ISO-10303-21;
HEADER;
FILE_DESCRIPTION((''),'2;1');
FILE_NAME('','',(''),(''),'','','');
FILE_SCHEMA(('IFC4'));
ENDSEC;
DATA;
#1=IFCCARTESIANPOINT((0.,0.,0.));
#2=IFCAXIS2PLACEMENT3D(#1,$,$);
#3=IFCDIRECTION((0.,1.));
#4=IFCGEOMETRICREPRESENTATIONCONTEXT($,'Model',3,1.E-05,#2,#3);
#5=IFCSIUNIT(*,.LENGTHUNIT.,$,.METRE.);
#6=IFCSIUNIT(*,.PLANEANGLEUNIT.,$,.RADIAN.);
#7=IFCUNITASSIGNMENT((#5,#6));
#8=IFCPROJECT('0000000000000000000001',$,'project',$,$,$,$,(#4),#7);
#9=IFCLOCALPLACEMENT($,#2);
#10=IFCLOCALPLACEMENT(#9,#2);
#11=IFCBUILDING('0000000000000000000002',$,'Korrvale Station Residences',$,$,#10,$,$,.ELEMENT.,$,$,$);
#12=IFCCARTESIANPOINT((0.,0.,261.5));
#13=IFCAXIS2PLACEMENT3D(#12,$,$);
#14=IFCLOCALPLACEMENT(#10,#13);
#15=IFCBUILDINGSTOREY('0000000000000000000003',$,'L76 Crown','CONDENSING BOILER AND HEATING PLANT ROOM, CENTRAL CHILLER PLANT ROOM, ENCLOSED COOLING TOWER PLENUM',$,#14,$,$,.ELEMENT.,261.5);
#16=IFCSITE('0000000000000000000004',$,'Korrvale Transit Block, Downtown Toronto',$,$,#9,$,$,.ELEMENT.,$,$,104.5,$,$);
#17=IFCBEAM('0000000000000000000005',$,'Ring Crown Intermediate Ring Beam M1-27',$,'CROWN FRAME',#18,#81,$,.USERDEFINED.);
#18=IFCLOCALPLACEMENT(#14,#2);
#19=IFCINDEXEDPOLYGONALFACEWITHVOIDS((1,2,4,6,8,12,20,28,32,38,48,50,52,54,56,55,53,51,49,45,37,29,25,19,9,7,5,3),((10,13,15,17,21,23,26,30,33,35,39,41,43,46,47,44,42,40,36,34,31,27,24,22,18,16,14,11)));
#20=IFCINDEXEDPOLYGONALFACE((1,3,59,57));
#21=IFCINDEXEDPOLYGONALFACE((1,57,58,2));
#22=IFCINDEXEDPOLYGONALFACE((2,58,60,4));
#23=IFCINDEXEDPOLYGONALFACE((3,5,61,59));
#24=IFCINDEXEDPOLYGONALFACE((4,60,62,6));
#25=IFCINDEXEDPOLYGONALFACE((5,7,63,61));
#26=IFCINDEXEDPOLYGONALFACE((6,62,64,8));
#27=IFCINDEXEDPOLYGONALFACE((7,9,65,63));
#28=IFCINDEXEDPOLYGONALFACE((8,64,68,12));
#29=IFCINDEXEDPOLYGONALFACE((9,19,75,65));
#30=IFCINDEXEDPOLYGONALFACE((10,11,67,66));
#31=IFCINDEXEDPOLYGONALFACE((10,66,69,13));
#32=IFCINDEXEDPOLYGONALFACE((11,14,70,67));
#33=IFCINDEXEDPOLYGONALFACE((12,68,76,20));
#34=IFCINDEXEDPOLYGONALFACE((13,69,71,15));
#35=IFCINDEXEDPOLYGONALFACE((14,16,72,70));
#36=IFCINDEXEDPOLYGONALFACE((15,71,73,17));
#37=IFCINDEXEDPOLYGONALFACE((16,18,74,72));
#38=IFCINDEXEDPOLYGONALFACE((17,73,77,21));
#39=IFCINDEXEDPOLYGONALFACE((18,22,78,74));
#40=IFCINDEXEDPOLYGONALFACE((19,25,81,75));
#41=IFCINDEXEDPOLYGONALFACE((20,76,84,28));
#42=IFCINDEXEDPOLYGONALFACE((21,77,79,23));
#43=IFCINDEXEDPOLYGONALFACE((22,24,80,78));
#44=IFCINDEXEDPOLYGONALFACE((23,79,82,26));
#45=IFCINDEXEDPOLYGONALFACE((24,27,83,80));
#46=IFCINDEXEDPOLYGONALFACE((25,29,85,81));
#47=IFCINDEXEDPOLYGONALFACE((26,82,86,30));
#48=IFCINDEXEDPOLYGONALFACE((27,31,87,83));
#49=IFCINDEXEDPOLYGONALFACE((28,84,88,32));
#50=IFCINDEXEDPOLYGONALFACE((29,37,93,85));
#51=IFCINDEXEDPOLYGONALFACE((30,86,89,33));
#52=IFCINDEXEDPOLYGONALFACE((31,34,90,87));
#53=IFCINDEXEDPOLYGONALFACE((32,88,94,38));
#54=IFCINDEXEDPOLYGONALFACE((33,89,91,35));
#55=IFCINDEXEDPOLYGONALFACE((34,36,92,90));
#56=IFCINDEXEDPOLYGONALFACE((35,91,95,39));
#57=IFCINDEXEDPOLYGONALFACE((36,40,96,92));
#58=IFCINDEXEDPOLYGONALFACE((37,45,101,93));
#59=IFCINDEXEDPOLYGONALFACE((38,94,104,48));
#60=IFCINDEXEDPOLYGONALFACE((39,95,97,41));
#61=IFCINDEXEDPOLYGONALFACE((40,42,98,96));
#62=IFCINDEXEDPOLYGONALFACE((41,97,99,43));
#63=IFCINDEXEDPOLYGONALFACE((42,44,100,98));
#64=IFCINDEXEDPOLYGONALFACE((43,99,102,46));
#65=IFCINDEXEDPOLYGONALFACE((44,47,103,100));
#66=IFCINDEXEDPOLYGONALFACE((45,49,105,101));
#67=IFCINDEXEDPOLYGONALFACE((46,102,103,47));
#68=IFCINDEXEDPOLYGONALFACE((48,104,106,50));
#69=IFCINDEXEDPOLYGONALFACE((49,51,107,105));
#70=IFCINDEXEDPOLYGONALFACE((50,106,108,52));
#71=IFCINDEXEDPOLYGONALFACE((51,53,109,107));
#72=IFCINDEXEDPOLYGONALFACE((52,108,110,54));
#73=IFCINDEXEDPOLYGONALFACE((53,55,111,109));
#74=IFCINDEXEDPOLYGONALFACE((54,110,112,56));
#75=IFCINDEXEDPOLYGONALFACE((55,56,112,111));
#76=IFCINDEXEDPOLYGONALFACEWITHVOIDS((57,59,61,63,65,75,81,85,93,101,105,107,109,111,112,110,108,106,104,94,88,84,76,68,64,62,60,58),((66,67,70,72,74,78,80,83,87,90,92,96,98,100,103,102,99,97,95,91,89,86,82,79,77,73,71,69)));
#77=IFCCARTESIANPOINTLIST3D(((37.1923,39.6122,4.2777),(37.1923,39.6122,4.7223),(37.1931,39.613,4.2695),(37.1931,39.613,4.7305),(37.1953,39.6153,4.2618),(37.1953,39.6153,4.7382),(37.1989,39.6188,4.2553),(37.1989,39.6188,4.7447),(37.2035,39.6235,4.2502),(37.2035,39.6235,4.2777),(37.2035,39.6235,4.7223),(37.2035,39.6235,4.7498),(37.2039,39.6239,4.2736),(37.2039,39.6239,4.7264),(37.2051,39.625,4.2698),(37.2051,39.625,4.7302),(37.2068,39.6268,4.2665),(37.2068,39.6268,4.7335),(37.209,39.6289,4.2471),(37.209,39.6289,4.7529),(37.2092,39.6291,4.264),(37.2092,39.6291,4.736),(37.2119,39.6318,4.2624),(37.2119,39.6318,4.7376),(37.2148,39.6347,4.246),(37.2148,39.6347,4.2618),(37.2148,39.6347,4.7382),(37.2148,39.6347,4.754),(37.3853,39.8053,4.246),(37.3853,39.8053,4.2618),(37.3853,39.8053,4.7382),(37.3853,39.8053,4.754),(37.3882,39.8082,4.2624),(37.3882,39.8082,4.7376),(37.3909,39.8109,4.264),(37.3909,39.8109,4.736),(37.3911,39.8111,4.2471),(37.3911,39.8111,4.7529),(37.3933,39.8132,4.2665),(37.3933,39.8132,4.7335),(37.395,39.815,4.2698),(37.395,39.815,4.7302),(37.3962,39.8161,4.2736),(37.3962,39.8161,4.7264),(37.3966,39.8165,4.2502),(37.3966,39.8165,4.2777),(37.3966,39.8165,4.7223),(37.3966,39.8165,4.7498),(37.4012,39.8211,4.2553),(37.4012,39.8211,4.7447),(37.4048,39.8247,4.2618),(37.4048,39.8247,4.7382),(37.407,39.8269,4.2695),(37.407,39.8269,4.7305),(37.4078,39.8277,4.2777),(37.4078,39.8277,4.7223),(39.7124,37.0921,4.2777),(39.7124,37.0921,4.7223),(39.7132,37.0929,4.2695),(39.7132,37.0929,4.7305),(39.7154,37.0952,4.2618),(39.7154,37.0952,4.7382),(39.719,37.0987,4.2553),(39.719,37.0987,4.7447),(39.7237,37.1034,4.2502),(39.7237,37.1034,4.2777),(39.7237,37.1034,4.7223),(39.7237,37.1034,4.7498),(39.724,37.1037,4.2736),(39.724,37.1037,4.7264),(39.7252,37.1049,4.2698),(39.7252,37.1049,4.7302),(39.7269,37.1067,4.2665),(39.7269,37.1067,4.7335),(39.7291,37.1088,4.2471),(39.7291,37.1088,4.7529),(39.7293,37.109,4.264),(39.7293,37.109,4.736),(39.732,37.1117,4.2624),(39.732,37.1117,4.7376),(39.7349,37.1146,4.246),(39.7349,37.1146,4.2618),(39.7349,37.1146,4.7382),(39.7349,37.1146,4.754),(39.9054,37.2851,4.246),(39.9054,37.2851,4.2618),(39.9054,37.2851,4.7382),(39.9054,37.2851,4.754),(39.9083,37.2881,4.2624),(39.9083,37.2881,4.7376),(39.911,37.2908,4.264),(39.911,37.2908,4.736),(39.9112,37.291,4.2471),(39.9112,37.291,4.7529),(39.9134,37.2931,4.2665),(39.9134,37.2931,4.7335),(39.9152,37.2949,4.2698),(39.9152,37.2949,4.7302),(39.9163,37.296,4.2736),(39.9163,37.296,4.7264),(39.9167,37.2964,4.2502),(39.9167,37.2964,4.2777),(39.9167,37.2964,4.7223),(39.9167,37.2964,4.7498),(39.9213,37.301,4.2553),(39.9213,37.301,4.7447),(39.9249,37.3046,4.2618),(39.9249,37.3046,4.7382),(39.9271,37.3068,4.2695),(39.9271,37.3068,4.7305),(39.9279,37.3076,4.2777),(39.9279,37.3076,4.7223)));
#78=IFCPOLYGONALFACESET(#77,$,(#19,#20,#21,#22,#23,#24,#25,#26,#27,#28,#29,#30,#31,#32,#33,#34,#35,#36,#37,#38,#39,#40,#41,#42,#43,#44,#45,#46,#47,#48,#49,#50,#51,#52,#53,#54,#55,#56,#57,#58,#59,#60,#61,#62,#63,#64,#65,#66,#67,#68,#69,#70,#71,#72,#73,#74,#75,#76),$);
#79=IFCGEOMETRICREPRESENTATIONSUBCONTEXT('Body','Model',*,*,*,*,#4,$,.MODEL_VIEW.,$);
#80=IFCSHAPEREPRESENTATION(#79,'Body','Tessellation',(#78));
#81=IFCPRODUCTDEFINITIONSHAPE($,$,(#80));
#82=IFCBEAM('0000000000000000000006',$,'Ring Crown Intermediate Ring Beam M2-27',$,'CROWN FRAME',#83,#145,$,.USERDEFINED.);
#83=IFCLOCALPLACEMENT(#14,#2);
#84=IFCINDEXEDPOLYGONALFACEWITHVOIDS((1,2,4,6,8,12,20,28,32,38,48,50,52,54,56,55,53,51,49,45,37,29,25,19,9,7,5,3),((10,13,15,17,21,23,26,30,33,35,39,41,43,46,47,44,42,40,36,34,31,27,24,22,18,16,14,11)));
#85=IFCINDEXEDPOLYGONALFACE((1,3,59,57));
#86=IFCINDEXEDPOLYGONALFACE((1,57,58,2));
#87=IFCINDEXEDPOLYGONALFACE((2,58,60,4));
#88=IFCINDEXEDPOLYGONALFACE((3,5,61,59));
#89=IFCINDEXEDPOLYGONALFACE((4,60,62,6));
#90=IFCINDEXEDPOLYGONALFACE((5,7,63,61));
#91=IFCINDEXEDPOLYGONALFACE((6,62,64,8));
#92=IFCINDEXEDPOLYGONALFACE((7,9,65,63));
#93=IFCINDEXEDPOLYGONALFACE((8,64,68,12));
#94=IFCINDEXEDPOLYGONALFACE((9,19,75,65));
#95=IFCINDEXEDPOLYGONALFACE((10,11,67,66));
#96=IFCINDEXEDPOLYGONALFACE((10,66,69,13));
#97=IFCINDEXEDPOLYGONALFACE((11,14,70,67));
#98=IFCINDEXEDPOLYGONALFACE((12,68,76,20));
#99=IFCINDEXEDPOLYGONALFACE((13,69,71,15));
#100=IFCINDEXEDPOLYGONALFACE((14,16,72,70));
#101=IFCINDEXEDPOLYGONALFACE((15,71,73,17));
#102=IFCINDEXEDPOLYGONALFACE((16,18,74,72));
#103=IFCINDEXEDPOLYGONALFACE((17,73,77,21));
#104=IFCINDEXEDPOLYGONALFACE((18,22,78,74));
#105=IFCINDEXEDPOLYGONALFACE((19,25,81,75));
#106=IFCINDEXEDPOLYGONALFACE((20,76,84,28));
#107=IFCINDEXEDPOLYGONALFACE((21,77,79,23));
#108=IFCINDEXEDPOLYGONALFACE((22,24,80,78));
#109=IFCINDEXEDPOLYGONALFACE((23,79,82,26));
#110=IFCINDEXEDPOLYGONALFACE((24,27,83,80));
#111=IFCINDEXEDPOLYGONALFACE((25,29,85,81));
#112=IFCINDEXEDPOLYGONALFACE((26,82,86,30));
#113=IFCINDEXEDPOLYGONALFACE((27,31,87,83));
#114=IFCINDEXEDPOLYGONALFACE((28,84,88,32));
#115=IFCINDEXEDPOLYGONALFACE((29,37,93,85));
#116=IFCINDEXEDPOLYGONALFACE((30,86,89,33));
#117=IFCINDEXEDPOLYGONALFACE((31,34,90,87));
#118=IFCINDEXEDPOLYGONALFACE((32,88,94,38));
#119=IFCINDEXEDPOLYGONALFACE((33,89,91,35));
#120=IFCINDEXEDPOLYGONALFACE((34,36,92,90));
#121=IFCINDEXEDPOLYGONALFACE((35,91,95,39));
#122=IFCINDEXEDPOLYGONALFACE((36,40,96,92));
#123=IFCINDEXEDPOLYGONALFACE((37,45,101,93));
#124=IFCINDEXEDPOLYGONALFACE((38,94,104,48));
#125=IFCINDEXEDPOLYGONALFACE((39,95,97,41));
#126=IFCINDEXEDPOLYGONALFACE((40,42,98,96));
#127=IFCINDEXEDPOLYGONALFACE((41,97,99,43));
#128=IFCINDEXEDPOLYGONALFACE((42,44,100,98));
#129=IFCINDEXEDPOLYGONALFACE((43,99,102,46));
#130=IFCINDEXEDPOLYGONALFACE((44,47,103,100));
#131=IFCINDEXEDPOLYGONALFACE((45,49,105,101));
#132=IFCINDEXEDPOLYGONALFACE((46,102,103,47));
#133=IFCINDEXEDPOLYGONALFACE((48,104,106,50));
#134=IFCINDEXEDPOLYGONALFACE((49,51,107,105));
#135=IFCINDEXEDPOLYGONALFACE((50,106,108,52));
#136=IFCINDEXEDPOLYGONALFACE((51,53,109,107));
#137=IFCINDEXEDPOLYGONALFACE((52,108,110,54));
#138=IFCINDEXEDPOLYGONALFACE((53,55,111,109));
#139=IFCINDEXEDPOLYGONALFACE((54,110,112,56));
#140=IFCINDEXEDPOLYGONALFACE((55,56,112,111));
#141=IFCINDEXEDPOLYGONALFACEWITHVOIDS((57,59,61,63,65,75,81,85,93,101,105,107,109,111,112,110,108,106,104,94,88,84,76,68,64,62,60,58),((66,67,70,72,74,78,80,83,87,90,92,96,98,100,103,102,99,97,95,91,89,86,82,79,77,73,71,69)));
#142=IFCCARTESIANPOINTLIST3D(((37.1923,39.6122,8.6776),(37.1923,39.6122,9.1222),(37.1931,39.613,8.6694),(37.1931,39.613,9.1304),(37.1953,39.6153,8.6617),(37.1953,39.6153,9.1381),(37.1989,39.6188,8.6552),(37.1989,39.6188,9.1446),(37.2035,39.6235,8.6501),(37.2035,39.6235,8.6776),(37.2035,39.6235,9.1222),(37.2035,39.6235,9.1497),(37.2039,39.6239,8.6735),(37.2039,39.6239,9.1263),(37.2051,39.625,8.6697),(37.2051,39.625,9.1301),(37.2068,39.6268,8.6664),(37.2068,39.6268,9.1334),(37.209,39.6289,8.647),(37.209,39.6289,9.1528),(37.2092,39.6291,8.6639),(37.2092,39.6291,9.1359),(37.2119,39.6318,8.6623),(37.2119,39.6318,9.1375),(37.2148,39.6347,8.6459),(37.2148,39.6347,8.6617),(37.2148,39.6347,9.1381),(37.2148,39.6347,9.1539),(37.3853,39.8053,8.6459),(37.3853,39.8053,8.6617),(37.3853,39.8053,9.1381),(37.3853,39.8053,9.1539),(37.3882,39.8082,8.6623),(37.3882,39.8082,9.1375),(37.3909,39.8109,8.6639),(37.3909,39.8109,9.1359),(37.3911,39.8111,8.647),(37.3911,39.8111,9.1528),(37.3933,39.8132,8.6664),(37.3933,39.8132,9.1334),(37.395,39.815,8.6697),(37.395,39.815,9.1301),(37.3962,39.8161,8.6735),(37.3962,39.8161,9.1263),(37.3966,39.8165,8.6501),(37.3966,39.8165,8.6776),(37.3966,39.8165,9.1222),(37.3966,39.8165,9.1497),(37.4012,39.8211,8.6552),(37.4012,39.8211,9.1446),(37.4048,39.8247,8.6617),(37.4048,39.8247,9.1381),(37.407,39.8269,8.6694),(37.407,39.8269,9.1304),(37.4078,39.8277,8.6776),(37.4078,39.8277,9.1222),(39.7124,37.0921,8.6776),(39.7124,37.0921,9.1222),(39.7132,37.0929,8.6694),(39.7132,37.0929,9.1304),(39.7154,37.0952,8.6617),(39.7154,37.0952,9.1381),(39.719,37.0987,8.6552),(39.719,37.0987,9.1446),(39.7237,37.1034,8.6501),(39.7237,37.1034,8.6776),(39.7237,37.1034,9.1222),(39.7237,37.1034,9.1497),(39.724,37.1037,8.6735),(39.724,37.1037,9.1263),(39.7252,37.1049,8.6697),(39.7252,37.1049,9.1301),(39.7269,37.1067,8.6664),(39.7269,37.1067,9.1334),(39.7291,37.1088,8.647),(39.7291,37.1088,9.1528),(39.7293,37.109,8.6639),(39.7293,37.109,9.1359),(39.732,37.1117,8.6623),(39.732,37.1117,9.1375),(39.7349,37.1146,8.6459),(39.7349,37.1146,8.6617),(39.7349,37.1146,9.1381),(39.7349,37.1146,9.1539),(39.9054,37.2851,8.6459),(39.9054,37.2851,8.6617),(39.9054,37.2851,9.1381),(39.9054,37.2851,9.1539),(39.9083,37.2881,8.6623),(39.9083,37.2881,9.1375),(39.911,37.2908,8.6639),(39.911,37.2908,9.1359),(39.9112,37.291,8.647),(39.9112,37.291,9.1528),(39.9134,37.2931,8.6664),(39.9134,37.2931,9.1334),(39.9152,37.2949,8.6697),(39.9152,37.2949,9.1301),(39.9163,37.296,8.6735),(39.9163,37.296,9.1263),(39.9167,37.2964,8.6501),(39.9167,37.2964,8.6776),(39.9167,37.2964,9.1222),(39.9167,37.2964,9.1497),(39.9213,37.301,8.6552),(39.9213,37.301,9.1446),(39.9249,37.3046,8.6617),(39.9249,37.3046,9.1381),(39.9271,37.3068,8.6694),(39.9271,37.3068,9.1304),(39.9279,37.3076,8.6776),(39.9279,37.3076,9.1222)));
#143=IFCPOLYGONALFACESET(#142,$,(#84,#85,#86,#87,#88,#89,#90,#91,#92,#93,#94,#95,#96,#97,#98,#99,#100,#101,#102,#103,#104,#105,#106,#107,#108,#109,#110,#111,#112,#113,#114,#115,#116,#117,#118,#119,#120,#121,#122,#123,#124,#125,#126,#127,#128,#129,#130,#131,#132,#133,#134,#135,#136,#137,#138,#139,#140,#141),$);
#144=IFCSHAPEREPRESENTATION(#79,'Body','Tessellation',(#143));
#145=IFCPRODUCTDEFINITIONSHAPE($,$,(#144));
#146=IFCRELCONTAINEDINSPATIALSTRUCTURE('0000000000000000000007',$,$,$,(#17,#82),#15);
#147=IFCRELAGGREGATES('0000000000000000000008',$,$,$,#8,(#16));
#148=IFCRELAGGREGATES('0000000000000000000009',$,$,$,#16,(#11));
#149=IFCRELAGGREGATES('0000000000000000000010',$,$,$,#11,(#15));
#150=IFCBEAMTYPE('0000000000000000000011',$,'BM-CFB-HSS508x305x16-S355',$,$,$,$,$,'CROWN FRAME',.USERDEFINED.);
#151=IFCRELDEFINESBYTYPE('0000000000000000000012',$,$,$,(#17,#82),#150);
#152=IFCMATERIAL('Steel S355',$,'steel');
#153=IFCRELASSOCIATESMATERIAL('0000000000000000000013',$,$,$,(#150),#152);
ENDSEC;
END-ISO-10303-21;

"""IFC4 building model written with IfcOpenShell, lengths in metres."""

from ifc_helpers import new_model, si_unit, direction, frame, origin, origin_2d, place, context, subcontext, project, spatial, hollow_rectangle, extrude, material, material_profile, profile_set, type_object, element, save


model = new_model("IFC4")

# Units and contexts
model_context = context("Model", 3, precision=1e-05, world=origin(), true_north=direction((0.0, 1.0)))
body_context = subcontext(model_context, "Body", "Model", "MODEL_VIEW")
ifc_project = project(units=[si_unit("LENGTHUNIT", "METRE"), si_unit("PLANEANGLEUNIT", "RADIAN")], contexts=[model_context])

# Site, building, storey
site_placement = place(None, origin())
site = spatial("IfcSite", under=ifc_project, at=site_placement, Name="Korrvale Transit Block, Downtown Toronto", CompositionType="ELEMENT", RefElevation=104.5)
building_placement = place(site_placement, origin())
building = spatial("IfcBuilding", under=site, at=building_placement, Name="Korrvale Station Residences", CompositionType="ELEMENT")
storey_placement = place(building_placement, frame((0.0, 0.0, 261.5)))
storey = spatial("IfcBuildingStorey", under=building, at=storey_placement, Name="L76 Crown", Description="CONDENSING BOILER AND HEATING PLANT ROOM, CENTRAL CHILLER PLANT ROOM, ENCLOSED COOLING TOWER PLENUM", CompositionType="ELEMENT", Elevation=261.5)

# Shared definitions
ifc_material_1 = material(Name="Steel S355", Category="steel")

# Beams
ifc_material_profile_1 = material_profile(ifc_material_1, hollow_rectangle(XDim=0.3047, YDim=0.5081, WallThickness=0.0159, InnerFilletRadius=0.0159, OuterFilletRadius=0.0317, at=origin_2d()), Name="HSS508x305x16")
ifc_profile_set_1 = profile_set([ifc_material_profile_1], Name="Steel S355")
beam_type = type_object("IfcBeamType", Name="BM-CFB-HSS508x305x16-S355", ElementType="CROWN FRAME", PredefinedType="USERDEFINED", material=ifc_profile_set_1)
for number, where, z_axis, x_axis, name in (
    (1, (37.3, 39.72, 4.5), (0.707107, -0.707107, 0.0), (0.707107, 0.707107, 0.0), "Ring Crown Intermediate Ring Beam M1-27"),
    (2, (37.3, 39.72, 8.8999), (0.707107, -0.707107, 0.0), (0.707107, 0.707107, 0.0), "Ring Crown Intermediate Ring Beam M2-27"),
):
    element("IfcBeam", number, at=place(storey_placement, frame(where, z_axis=z_axis, x_axis=x_axis)), inside=storey, type_object=beam_type, Name=name, ObjectType="CROWN FRAME", PredefinedType="USERDEFINED", context=body_context, shape_type="SweptSolid", body=[
        extrude(hollow_rectangle(XDim=0.3047, YDim=0.5081, WallThickness=0.0159, InnerFilletRadius=0.0159, OuterFilletRadius=0.0317, at=origin_2d()), origin(), (0.0, 0.0, 1.0), 3.564),
    ])

save(model, "model.ifc")
